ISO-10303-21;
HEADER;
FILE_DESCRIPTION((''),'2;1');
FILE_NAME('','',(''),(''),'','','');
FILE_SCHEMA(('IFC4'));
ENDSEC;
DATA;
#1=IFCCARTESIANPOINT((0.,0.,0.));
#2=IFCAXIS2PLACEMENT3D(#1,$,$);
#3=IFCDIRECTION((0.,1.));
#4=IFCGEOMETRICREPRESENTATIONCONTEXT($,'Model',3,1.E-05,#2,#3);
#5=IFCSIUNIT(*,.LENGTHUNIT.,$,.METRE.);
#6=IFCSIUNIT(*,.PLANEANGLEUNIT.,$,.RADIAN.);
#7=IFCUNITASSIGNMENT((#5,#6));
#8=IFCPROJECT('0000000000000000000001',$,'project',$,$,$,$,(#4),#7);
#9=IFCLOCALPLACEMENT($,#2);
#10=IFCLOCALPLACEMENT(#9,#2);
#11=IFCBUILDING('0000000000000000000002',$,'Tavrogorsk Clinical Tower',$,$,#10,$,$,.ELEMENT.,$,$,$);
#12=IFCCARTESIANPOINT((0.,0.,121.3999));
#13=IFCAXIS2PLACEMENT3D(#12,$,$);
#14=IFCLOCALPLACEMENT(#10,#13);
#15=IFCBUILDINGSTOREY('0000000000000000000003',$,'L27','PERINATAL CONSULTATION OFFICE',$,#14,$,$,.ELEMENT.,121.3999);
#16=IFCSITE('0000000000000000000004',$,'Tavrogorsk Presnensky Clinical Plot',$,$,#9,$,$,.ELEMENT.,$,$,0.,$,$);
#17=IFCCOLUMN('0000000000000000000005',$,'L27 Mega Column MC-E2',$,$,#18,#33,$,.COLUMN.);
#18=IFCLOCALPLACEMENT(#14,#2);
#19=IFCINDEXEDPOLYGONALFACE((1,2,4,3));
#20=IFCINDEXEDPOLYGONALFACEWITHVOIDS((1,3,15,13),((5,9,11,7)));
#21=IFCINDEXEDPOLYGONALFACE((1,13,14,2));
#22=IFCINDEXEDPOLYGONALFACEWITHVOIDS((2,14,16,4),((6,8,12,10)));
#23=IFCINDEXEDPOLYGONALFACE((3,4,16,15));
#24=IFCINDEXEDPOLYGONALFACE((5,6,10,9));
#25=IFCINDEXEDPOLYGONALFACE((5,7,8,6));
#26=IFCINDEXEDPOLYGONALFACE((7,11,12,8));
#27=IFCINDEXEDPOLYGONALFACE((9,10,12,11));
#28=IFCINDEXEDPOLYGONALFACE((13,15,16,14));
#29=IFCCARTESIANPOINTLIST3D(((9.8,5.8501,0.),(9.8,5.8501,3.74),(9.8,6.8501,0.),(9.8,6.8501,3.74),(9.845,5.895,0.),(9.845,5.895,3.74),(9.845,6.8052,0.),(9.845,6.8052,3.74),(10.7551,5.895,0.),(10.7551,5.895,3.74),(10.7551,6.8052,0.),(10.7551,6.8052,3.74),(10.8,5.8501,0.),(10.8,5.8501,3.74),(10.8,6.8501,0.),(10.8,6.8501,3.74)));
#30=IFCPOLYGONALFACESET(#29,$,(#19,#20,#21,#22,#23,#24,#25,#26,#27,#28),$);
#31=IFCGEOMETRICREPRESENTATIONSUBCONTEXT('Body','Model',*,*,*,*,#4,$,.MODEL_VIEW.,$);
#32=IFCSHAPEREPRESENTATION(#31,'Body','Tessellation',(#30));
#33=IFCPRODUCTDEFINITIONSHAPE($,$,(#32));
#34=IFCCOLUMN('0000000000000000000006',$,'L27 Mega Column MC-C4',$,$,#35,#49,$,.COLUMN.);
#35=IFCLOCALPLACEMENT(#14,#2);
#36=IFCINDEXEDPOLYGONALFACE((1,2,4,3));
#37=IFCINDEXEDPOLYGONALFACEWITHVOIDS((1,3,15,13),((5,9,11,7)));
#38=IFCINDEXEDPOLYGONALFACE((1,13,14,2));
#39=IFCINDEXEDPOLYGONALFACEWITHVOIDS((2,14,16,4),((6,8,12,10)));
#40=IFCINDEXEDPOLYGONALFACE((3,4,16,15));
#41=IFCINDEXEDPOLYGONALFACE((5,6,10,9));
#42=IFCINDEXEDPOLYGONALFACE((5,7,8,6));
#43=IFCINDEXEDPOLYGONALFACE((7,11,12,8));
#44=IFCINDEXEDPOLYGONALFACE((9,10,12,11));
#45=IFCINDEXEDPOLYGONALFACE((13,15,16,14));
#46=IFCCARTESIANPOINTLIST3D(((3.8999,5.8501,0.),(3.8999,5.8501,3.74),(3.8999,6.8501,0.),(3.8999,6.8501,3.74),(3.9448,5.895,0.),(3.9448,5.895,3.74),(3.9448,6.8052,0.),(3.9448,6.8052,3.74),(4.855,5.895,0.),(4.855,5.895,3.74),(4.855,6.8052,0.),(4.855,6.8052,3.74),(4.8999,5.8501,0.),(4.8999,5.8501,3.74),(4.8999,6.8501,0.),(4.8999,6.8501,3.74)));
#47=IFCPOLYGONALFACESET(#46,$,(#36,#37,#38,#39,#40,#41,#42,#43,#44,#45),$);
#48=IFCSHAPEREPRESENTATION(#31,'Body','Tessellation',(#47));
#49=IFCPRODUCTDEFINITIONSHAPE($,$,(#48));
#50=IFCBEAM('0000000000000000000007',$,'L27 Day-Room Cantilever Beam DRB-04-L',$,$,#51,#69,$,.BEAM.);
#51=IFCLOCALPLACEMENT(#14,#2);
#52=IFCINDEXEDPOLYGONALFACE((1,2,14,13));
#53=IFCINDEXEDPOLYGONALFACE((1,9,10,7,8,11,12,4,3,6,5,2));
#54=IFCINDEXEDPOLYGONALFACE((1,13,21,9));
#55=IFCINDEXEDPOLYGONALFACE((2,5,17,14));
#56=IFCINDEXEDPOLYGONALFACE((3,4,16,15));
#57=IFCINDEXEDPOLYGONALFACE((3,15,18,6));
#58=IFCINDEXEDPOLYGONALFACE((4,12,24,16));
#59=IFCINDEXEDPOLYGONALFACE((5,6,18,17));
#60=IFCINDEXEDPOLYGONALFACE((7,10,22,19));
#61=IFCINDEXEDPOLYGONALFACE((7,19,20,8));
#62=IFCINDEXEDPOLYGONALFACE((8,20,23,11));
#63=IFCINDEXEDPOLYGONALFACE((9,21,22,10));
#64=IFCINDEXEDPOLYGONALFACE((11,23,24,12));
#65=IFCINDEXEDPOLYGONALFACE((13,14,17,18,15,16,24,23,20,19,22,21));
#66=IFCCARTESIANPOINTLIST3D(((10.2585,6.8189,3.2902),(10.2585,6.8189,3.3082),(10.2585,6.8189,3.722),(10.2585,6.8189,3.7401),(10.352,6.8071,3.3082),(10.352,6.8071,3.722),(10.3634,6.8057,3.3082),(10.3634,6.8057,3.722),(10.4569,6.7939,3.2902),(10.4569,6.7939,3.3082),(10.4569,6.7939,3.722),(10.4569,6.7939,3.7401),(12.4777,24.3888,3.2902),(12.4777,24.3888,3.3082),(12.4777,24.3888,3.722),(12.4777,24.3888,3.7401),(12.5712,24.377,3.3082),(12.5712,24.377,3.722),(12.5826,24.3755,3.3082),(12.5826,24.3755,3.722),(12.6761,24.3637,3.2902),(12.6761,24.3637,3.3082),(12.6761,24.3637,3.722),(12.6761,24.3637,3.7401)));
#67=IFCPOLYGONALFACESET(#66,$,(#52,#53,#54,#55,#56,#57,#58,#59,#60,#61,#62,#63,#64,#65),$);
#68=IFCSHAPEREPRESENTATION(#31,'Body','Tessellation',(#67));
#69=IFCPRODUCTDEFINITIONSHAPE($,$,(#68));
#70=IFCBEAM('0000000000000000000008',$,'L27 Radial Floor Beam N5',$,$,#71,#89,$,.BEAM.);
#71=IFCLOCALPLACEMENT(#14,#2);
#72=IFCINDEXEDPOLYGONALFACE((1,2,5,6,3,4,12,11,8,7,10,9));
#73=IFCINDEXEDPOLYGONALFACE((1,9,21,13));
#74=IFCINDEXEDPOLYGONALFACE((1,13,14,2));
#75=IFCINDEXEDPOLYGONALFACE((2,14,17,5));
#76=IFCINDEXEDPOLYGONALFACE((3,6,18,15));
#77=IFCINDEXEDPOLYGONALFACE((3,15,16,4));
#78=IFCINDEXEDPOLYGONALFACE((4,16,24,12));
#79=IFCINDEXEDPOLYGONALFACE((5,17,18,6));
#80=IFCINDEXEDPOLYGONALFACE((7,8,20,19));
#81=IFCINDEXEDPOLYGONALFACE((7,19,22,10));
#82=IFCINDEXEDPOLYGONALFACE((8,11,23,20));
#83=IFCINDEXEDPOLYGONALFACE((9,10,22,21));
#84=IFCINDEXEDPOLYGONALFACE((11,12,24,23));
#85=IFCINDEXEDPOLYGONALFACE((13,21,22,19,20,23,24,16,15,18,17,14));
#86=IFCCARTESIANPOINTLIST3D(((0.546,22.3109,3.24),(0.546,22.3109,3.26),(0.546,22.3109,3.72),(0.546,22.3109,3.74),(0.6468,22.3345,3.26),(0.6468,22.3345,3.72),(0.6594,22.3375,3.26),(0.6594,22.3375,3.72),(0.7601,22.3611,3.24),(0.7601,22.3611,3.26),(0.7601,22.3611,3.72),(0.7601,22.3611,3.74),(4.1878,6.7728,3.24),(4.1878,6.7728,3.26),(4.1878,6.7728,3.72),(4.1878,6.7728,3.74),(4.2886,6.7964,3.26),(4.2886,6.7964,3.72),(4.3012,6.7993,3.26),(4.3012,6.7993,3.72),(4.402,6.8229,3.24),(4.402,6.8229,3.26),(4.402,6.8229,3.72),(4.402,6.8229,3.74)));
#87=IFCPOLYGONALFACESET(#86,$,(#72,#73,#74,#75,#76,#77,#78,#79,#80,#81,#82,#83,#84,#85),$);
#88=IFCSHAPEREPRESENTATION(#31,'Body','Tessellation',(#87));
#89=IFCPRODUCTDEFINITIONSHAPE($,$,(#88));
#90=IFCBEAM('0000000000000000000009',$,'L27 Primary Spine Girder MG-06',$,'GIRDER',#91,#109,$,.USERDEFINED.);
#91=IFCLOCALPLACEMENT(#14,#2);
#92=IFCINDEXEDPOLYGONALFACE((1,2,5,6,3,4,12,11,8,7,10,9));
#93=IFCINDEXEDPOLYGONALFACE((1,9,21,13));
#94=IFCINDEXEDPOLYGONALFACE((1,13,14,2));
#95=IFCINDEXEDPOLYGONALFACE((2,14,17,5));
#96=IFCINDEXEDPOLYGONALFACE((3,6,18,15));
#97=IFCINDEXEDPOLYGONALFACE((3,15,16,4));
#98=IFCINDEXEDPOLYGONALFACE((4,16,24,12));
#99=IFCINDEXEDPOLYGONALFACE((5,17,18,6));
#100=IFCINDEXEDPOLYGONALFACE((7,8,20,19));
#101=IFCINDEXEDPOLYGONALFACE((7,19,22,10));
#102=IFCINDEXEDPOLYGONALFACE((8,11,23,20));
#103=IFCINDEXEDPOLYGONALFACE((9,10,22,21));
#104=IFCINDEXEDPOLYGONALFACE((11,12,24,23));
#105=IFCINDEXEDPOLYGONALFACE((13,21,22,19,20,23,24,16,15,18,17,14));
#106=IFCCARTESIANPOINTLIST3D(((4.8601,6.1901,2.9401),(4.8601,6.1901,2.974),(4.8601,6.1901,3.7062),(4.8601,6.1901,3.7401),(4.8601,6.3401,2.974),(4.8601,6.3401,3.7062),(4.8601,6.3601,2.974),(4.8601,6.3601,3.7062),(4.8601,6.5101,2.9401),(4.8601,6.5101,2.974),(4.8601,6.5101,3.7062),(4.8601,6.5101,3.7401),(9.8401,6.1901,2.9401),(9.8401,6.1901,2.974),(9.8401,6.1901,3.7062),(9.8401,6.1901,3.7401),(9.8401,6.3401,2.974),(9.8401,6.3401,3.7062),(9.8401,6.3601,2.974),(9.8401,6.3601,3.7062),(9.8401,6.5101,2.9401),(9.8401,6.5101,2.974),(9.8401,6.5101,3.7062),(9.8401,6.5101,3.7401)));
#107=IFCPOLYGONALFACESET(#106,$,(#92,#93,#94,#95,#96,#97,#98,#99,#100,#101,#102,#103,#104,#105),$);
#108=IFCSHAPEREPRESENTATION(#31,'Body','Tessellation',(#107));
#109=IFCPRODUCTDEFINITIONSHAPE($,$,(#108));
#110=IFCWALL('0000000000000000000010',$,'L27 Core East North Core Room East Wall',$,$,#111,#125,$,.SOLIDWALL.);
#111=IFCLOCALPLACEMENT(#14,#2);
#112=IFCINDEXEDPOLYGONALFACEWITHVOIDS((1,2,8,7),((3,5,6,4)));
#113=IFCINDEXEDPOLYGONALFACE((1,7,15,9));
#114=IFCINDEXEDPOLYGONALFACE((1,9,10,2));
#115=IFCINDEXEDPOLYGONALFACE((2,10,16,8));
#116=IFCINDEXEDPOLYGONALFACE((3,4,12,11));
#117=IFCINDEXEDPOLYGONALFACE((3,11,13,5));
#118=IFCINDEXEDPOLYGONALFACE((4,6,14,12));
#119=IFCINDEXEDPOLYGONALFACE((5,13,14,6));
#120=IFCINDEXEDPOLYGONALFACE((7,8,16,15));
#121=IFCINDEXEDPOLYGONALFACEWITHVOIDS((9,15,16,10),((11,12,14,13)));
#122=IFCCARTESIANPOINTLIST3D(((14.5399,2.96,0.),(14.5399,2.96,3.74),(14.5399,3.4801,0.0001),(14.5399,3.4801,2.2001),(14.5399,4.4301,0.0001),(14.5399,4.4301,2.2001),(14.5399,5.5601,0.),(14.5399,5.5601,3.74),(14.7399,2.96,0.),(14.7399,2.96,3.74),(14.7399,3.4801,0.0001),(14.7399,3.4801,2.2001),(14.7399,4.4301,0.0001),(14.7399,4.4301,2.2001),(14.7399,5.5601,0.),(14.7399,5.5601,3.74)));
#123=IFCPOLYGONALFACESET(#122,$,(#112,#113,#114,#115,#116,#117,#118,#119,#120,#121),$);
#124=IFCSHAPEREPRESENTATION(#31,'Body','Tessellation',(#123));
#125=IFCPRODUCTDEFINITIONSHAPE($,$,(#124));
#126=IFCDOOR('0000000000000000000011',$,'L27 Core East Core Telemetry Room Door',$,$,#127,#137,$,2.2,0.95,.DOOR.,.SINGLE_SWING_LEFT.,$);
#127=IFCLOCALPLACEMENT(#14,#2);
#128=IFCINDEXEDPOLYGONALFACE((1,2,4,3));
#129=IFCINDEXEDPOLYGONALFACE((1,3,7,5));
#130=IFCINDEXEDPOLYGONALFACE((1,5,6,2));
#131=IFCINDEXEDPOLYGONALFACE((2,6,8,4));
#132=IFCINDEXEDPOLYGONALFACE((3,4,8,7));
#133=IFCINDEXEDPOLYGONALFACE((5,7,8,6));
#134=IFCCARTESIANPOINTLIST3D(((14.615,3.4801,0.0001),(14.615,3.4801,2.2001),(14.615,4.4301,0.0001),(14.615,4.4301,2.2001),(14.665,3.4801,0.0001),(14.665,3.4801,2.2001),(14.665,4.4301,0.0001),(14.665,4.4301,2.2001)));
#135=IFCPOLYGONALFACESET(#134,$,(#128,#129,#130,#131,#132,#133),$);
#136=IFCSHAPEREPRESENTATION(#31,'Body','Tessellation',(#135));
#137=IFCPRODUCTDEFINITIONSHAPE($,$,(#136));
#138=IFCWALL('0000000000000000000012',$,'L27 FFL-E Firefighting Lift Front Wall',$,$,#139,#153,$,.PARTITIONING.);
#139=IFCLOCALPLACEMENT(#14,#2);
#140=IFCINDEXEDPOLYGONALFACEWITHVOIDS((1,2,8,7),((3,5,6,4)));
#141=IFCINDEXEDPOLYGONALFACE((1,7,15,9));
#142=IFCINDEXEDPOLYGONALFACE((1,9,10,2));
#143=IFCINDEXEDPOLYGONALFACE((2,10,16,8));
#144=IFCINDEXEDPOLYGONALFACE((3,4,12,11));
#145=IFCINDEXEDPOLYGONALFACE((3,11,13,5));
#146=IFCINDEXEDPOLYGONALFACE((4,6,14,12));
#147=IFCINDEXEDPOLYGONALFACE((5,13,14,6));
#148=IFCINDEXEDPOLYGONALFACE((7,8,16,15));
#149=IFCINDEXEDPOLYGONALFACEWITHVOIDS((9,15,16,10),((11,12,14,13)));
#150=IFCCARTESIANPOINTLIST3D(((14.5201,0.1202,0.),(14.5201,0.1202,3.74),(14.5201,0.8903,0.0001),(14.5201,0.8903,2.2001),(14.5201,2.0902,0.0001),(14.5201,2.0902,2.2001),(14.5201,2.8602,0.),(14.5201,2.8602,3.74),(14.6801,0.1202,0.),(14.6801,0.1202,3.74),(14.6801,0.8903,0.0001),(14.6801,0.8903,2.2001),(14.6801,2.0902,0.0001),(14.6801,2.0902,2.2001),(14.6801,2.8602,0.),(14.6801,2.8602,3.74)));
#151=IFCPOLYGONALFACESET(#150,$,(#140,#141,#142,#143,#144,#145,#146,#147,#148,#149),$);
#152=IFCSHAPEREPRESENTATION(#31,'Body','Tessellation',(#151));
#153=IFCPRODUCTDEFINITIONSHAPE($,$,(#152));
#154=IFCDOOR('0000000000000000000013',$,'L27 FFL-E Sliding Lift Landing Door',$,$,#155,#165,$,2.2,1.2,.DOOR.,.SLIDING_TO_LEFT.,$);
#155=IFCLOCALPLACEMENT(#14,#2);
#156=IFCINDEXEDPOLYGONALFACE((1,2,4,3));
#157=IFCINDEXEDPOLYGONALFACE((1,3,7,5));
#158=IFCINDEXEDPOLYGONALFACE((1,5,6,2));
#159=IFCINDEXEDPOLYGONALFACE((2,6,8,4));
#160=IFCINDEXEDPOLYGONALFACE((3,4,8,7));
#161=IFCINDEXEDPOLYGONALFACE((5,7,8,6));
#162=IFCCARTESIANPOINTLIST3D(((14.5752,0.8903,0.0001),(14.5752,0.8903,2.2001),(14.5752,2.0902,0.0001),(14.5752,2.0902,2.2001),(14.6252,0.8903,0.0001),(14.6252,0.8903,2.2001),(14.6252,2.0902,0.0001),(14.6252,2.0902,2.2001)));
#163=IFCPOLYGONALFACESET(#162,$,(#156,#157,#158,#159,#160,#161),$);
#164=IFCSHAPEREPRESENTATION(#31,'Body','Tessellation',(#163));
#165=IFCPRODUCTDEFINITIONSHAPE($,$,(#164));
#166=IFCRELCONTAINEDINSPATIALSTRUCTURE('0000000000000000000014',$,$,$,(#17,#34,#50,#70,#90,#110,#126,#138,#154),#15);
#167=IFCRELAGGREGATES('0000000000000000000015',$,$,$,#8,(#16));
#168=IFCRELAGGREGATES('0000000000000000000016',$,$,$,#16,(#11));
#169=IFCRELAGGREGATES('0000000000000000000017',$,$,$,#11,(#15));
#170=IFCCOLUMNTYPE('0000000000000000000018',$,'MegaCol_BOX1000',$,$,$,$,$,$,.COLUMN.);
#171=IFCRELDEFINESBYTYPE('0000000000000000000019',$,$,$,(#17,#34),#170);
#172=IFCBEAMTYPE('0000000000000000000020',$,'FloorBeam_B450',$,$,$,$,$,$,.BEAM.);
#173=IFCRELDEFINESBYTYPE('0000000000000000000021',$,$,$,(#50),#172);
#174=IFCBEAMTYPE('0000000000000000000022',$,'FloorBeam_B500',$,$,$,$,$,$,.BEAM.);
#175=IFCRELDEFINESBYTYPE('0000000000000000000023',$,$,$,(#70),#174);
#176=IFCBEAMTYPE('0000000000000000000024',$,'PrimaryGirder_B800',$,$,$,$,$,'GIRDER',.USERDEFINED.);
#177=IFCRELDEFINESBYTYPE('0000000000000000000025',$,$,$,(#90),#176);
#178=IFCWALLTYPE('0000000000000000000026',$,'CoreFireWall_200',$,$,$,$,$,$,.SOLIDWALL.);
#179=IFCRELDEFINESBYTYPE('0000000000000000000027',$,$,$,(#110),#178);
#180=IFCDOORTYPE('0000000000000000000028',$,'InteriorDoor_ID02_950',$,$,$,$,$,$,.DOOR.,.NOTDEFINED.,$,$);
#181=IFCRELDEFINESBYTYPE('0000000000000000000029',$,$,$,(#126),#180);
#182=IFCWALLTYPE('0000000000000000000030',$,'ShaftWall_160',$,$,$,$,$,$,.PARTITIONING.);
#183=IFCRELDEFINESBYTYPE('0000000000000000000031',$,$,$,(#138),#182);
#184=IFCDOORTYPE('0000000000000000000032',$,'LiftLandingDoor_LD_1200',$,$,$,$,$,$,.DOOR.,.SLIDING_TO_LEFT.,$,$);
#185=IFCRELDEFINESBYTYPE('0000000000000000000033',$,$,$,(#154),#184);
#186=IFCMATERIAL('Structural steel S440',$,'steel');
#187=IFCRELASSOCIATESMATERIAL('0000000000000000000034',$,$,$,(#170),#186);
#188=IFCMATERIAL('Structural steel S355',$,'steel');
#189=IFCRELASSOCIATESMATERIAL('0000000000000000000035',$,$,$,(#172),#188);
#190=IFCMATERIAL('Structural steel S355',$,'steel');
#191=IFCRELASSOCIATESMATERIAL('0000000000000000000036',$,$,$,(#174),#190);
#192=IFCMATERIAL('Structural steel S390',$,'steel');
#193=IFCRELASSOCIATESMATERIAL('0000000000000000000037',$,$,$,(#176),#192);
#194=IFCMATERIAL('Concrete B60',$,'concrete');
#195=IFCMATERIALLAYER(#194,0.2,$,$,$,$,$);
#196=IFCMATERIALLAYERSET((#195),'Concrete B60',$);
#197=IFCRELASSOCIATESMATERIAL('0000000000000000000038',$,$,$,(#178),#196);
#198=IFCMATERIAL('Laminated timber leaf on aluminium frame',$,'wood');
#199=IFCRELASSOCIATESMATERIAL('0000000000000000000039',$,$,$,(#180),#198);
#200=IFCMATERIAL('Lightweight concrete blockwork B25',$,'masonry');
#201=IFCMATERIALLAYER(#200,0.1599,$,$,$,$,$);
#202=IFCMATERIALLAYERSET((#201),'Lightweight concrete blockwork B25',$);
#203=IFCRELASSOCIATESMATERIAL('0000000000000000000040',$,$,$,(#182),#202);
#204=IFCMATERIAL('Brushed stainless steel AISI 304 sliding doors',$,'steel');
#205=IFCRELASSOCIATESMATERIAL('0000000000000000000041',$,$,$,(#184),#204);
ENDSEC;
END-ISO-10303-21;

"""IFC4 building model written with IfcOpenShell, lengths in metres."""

from ifc_helpers import new_model, si_unit, direction, frame, frame_2d, origin, origin_2d, place, context, subcontext, project, spatial, rectangle, hollow_rectangle, i_section, extrude, material, layer, layer_set, material_profile, profile_set, type_object, element, fill, save


model = new_model("IFC4")

# Units and contexts
model_context = context("Model", 3, precision=1e-05, world=origin(), true_north=direction((0.0, 1.0)))
body_context = subcontext(model_context, "Body", "Model", "MODEL_VIEW")
ifc_project = project(units=[si_unit("LENGTHUNIT", "METRE"), si_unit("PLANEANGLEUNIT", "RADIAN")], contexts=[model_context])

# Site, building, storey
site_placement = place(None, origin())
site = spatial("IfcSite", under=ifc_project, at=site_placement, Name="Tavrogorsk Presnensky Clinical Plot", CompositionType="ELEMENT", RefElevation=0.0)
building_placement = place(site_placement, origin())
building = spatial("IfcBuilding", under=site, at=building_placement, Name="Tavrogorsk Clinical Tower", CompositionType="ELEMENT")
storey_placement = place(building_placement, frame((0.0, 0.0, 121.3999)))
storey = spatial("IfcBuildingStorey", under=building, at=storey_placement, Name="L27", Description="PERINATAL CONSULTATION OFFICE", CompositionType="ELEMENT", Elevation=121.3999)

# Columns
ifc_material_1 = material(Name="Structural steel S440", Category="steel")
ifc_material_profile_1 = material_profile(ifc_material_1, hollow_rectangle(XDim=1.0, YDim=1.0, WallThickness=0.0449, at=origin_2d()), Name="BOX-1000x1000x45")
ifc_profile_set_1 = profile_set([ifc_material_profile_1], Name="Structural steel S440")
column_type = type_object("IfcColumnType", Name="MegaCol_BOX1000", PredefinedType="COLUMN", material=ifc_profile_set_1)
for number, where, z_axis, x_axis, name in (
    (1, (10.3, 6.3501, 0.0), (0.0, 0.0, 1.0), (1.0, 0.0, 0.0), "L27 Mega Column MC-E2"),
    (2, (4.3999, 6.3501, 0.0), (0.0, 0.0, 1.0), (1.0, 0.0, 0.0), "L27 Mega Column MC-C4"),
):
    element("IfcColumn", number, at=place(storey_placement, frame(where, z_axis=z_axis, x_axis=x_axis)), inside=storey, type_object=column_type, Name=name, PredefinedType="COLUMN", context=body_context, shape_type="SweptSolid", body=[
        extrude(hollow_rectangle(XDim=1.0, YDim=1.0, WallThickness=0.0449, at=origin_2d()), origin(), (0.0, 0.0, 1.0), 3.74),
    ])

# Beams
ifc_material_2 = material(Name="Structural steel S355", Category="steel")
ifc_material_profile_2 = material_profile(ifc_material_2, i_section(OverallWidth=0.2, OverallDepth=0.45, WebThickness=0.0115, FlangeThickness=0.0181, at=origin_2d()), Name="B-450x200x11.5x18")
ifc_profile_set_2 = profile_set([ifc_material_profile_2], Name="Structural steel S355")
beam_type_1 = type_object("IfcBeamType", Name="FloorBeam_B450", PredefinedType="BEAM", material=ifc_profile_set_2)
beam_1_placement = place(storey_placement, frame((10.3577, 6.8064, 3.5151), z_axis=(0.125314, 0.992117, 0.0), x_axis=(-0.992117, 0.125314, 0.0)))
element("IfcBeam", 3, at=beam_1_placement, inside=storey, type_object=beam_type_1, Name="L27 Day-Room Cantilever Beam DRB-04-L", PredefinedType="BEAM", context=body_context, shape_type="SweptSolid", body=[
    extrude(i_section(OverallWidth=0.2, OverallDepth=0.45, WebThickness=0.0115, FlangeThickness=0.0181, at=origin_2d()), origin(), (0.0, 0.0, 1.0), 17.7095),
])
ifc_material_3 = material(Name="Structural steel S355", Category="steel")
ifc_material_profile_3 = material_profile(ifc_material_3, i_section(OverallWidth=0.22, OverallDepth=0.5, WebThickness=0.0129, FlangeThickness=0.02, at=origin_2d()), Name="B-500x220x13x20")
ifc_profile_set_3 = profile_set([ifc_material_profile_3], Name="Structural steel S355")
beam_type_2 = type_object("IfcBeamType", Name="FloorBeam_B500", PredefinedType="BEAM", material=ifc_profile_set_3)
beam_2_placement = place(storey_placement, frame((4.2949, 6.7979, 3.49), z_axis=(-0.228198, 0.973615, 0.0), x_axis=(-0.973615, -0.228198, 0.0)))
element("IfcBeam", 4, at=beam_2_placement, inside=storey, type_object=beam_type_2, Name="L27 Radial Floor Beam N5", PredefinedType="BEAM", context=body_context, shape_type="SweptSolid", body=[
    extrude(i_section(OverallWidth=0.22, OverallDepth=0.5, WebThickness=0.0129, FlangeThickness=0.02, at=origin_2d()), origin(), (0.0, 0.0, 1.0), 15.9592),
])
ifc_material_4 = material(Name="Structural steel S390", Category="steel")
ifc_material_profile_4 = material_profile(ifc_material_4, i_section(OverallWidth=0.3201, OverallDepth=0.8, WebThickness=0.02, FlangeThickness=0.0339, at=origin_2d()), Name="B-800x320x20x34")
ifc_profile_set_4 = profile_set([ifc_material_profile_4], Name="Structural steel S390")
beam_type_3 = type_object("IfcBeamType", Name="PrimaryGirder_B800", ElementType="GIRDER", PredefinedType="USERDEFINED", material=ifc_profile_set_4)
beam_3_placement = place(storey_placement, frame((4.8601, 6.3501, 3.3401), z_axis=(1.0, 0.0, 0.0), x_axis=(0.0, 1.0, 0.0)))
element("IfcBeam", 5, at=beam_3_placement, inside=storey, type_object=beam_type_3, Name="L27 Primary Spine Girder MG-06", ObjectType="GIRDER", PredefinedType="USERDEFINED", context=body_context, shape_type="SweptSolid", body=[
    extrude(i_section(OverallWidth=0.3201, OverallDepth=0.8, WebThickness=0.02, FlangeThickness=0.0339, at=origin_2d()), origin(), (0.0, 0.0, 1.0), 4.98),
])

# Walls, openings, doors
ifc_material_5 = material(Name="Concrete B60", Category="concrete")
ifc_layer_1 = layer(ifc_material_5, 0.2)
ifc_layer_set_1 = layer_set([ifc_layer_1], Name="Concrete B60")
wall_type_1 = type_object("IfcWallType", Name="CoreFireWall_200", PredefinedType="SOLIDWALL", material=ifc_layer_set_1)
wall_1_placement = place(storey_placement, frame((14.6399, 2.96, 0.0), z_axis=(0.0, 0.0, 1.0), x_axis=(0.0, 1.0, 0.0)))
wall_1 = element("IfcWall", 6, at=wall_1_placement, inside=storey, type_object=wall_type_1, Name="L27 Core East North Core Room East Wall", PredefinedType="SOLIDWALL", context=body_context, shape_type="SweptSolid", body=[
    extrude(rectangle(XDim=2.6001, YDim=0.2, at=frame_2d((1.3, 0.0))), origin(), (0.0, 0.0, 1.0), 3.74),
])
opening_1_placement = place(wall_1_placement, frame((0.52, 0.0, 0.0)))
opening_1 = element("IfcOpeningElement", 7, at=opening_1_placement, cuts=wall_1, PredefinedType="OPENING", context=body_context, shape_type="SweptSolid", body=[
    extrude(rectangle(XDim=0.95, YDim=2.2, at=frame_2d((0.4751, 1.1001))), frame((0.0, 0.1099, 0.0), z_axis=(0.0, -1.0, 0.0), x_axis=(1.0, 0.0, 0.0)), (0.0, 0.0, 1.0), 0.22),
])
ifc_material_6 = material(Name="Laminated timber leaf on aluminium frame", Category="wood")
door_type_1 = type_object("IfcDoorType", Name="InteriorDoor_ID02_950", OperationType="NOTDEFINED", PredefinedType="DOOR", material=ifc_material_6)
door_1_placement = place(opening_1_placement, origin())
door_1 = element("IfcDoor", 8, at=door_1_placement, inside=storey, type_object=door_type_1, Name="L27 Core East Core Telemetry Room Door", OperationType="SINGLE_SWING_LEFT", OverallHeight=2.2, OverallWidth=0.95, PredefinedType="DOOR", context=body_context, shape_type="SweptSolid", body=[
    extrude(rectangle(XDim=0.95, YDim=2.2, at=frame_2d((0.4751, 1.1001))), frame((0.0, 0.0249, 0.0), z_axis=(0.0, -1.0, 0.0), x_axis=(1.0, 0.0, 0.0)), (0.0, 0.0, 1.0), 0.05),
])
fill(opening_1, door_1)
ifc_material_7 = material(Name="Lightweight concrete blockwork B25", Category="masonry")
ifc_layer_2 = layer(ifc_material_7, 0.1599)
ifc_layer_set_2 = layer_set([ifc_layer_2], Name="Lightweight concrete blockwork B25")
wall_type_2 = type_object("IfcWallType", Name="ShaftWall_160", PredefinedType="PARTITIONING", material=ifc_layer_set_2)
wall_2_placement = place(storey_placement, frame((14.6001, 0.1201, 0.0), z_axis=(0.0, 0.0, 1.0), x_axis=(0.0, 1.0, 0.0)))
wall_2 = element("IfcWall", 9, at=wall_2_placement, inside=storey, type_object=wall_type_2, Name="L27 FFL-E Firefighting Lift Front Wall", PredefinedType="PARTITIONING", context=body_context, shape_type="SweptSolid", body=[
    extrude(rectangle(XDim=2.74, YDim=0.1599, at=frame_2d((1.3701, 0.0))), origin(), (0.0, 0.0, 1.0), 3.74),
])
opening_2_placement = place(wall_2_placement, frame((0.77, 0.0, 0.0)))
opening_2 = element("IfcOpeningElement", 10, at=opening_2_placement, cuts=wall_2, PredefinedType="OPENING", context=body_context, shape_type="SweptSolid", body=[
    extrude(rectangle(XDim=1.2, YDim=2.2, at=frame_2d((0.6001, 1.1001))), frame((0.0, 0.0898, 0.0), z_axis=(0.0, -1.0, 0.0), x_axis=(1.0, 0.0, 0.0)), (0.0, 0.0, 1.0), 0.1799),
])
ifc_material_8 = material(Name="Brushed stainless steel AISI 304 sliding doors", Category="steel")
door_type_2 = type_object("IfcDoorType", Name="LiftLandingDoor_LD_1200", OperationType="SLIDING_TO_LEFT", PredefinedType="DOOR", material=ifc_material_8)
door_2_placement = place(opening_2_placement, origin())
door_2 = element("IfcDoor", 11, at=door_2_placement, inside=storey, type_object=door_type_2, Name="L27 FFL-E Sliding Lift Landing Door", OperationType="SLIDING_TO_LEFT", OverallHeight=2.2, OverallWidth=1.2, PredefinedType="DOOR", context=body_context, shape_type="SweptSolid", body=[
    extrude(rectangle(XDim=1.2, YDim=2.2, at=frame_2d((0.6001, 1.1001))), frame((0.0, 0.0249, 0.0), z_axis=(0.0, -1.0, 0.0), x_axis=(1.0, 0.0, 0.0)), (0.0, 0.0, 1.0), 0.05),
])
fill(opening_2, door_2)

save(model, "model.ifc")
